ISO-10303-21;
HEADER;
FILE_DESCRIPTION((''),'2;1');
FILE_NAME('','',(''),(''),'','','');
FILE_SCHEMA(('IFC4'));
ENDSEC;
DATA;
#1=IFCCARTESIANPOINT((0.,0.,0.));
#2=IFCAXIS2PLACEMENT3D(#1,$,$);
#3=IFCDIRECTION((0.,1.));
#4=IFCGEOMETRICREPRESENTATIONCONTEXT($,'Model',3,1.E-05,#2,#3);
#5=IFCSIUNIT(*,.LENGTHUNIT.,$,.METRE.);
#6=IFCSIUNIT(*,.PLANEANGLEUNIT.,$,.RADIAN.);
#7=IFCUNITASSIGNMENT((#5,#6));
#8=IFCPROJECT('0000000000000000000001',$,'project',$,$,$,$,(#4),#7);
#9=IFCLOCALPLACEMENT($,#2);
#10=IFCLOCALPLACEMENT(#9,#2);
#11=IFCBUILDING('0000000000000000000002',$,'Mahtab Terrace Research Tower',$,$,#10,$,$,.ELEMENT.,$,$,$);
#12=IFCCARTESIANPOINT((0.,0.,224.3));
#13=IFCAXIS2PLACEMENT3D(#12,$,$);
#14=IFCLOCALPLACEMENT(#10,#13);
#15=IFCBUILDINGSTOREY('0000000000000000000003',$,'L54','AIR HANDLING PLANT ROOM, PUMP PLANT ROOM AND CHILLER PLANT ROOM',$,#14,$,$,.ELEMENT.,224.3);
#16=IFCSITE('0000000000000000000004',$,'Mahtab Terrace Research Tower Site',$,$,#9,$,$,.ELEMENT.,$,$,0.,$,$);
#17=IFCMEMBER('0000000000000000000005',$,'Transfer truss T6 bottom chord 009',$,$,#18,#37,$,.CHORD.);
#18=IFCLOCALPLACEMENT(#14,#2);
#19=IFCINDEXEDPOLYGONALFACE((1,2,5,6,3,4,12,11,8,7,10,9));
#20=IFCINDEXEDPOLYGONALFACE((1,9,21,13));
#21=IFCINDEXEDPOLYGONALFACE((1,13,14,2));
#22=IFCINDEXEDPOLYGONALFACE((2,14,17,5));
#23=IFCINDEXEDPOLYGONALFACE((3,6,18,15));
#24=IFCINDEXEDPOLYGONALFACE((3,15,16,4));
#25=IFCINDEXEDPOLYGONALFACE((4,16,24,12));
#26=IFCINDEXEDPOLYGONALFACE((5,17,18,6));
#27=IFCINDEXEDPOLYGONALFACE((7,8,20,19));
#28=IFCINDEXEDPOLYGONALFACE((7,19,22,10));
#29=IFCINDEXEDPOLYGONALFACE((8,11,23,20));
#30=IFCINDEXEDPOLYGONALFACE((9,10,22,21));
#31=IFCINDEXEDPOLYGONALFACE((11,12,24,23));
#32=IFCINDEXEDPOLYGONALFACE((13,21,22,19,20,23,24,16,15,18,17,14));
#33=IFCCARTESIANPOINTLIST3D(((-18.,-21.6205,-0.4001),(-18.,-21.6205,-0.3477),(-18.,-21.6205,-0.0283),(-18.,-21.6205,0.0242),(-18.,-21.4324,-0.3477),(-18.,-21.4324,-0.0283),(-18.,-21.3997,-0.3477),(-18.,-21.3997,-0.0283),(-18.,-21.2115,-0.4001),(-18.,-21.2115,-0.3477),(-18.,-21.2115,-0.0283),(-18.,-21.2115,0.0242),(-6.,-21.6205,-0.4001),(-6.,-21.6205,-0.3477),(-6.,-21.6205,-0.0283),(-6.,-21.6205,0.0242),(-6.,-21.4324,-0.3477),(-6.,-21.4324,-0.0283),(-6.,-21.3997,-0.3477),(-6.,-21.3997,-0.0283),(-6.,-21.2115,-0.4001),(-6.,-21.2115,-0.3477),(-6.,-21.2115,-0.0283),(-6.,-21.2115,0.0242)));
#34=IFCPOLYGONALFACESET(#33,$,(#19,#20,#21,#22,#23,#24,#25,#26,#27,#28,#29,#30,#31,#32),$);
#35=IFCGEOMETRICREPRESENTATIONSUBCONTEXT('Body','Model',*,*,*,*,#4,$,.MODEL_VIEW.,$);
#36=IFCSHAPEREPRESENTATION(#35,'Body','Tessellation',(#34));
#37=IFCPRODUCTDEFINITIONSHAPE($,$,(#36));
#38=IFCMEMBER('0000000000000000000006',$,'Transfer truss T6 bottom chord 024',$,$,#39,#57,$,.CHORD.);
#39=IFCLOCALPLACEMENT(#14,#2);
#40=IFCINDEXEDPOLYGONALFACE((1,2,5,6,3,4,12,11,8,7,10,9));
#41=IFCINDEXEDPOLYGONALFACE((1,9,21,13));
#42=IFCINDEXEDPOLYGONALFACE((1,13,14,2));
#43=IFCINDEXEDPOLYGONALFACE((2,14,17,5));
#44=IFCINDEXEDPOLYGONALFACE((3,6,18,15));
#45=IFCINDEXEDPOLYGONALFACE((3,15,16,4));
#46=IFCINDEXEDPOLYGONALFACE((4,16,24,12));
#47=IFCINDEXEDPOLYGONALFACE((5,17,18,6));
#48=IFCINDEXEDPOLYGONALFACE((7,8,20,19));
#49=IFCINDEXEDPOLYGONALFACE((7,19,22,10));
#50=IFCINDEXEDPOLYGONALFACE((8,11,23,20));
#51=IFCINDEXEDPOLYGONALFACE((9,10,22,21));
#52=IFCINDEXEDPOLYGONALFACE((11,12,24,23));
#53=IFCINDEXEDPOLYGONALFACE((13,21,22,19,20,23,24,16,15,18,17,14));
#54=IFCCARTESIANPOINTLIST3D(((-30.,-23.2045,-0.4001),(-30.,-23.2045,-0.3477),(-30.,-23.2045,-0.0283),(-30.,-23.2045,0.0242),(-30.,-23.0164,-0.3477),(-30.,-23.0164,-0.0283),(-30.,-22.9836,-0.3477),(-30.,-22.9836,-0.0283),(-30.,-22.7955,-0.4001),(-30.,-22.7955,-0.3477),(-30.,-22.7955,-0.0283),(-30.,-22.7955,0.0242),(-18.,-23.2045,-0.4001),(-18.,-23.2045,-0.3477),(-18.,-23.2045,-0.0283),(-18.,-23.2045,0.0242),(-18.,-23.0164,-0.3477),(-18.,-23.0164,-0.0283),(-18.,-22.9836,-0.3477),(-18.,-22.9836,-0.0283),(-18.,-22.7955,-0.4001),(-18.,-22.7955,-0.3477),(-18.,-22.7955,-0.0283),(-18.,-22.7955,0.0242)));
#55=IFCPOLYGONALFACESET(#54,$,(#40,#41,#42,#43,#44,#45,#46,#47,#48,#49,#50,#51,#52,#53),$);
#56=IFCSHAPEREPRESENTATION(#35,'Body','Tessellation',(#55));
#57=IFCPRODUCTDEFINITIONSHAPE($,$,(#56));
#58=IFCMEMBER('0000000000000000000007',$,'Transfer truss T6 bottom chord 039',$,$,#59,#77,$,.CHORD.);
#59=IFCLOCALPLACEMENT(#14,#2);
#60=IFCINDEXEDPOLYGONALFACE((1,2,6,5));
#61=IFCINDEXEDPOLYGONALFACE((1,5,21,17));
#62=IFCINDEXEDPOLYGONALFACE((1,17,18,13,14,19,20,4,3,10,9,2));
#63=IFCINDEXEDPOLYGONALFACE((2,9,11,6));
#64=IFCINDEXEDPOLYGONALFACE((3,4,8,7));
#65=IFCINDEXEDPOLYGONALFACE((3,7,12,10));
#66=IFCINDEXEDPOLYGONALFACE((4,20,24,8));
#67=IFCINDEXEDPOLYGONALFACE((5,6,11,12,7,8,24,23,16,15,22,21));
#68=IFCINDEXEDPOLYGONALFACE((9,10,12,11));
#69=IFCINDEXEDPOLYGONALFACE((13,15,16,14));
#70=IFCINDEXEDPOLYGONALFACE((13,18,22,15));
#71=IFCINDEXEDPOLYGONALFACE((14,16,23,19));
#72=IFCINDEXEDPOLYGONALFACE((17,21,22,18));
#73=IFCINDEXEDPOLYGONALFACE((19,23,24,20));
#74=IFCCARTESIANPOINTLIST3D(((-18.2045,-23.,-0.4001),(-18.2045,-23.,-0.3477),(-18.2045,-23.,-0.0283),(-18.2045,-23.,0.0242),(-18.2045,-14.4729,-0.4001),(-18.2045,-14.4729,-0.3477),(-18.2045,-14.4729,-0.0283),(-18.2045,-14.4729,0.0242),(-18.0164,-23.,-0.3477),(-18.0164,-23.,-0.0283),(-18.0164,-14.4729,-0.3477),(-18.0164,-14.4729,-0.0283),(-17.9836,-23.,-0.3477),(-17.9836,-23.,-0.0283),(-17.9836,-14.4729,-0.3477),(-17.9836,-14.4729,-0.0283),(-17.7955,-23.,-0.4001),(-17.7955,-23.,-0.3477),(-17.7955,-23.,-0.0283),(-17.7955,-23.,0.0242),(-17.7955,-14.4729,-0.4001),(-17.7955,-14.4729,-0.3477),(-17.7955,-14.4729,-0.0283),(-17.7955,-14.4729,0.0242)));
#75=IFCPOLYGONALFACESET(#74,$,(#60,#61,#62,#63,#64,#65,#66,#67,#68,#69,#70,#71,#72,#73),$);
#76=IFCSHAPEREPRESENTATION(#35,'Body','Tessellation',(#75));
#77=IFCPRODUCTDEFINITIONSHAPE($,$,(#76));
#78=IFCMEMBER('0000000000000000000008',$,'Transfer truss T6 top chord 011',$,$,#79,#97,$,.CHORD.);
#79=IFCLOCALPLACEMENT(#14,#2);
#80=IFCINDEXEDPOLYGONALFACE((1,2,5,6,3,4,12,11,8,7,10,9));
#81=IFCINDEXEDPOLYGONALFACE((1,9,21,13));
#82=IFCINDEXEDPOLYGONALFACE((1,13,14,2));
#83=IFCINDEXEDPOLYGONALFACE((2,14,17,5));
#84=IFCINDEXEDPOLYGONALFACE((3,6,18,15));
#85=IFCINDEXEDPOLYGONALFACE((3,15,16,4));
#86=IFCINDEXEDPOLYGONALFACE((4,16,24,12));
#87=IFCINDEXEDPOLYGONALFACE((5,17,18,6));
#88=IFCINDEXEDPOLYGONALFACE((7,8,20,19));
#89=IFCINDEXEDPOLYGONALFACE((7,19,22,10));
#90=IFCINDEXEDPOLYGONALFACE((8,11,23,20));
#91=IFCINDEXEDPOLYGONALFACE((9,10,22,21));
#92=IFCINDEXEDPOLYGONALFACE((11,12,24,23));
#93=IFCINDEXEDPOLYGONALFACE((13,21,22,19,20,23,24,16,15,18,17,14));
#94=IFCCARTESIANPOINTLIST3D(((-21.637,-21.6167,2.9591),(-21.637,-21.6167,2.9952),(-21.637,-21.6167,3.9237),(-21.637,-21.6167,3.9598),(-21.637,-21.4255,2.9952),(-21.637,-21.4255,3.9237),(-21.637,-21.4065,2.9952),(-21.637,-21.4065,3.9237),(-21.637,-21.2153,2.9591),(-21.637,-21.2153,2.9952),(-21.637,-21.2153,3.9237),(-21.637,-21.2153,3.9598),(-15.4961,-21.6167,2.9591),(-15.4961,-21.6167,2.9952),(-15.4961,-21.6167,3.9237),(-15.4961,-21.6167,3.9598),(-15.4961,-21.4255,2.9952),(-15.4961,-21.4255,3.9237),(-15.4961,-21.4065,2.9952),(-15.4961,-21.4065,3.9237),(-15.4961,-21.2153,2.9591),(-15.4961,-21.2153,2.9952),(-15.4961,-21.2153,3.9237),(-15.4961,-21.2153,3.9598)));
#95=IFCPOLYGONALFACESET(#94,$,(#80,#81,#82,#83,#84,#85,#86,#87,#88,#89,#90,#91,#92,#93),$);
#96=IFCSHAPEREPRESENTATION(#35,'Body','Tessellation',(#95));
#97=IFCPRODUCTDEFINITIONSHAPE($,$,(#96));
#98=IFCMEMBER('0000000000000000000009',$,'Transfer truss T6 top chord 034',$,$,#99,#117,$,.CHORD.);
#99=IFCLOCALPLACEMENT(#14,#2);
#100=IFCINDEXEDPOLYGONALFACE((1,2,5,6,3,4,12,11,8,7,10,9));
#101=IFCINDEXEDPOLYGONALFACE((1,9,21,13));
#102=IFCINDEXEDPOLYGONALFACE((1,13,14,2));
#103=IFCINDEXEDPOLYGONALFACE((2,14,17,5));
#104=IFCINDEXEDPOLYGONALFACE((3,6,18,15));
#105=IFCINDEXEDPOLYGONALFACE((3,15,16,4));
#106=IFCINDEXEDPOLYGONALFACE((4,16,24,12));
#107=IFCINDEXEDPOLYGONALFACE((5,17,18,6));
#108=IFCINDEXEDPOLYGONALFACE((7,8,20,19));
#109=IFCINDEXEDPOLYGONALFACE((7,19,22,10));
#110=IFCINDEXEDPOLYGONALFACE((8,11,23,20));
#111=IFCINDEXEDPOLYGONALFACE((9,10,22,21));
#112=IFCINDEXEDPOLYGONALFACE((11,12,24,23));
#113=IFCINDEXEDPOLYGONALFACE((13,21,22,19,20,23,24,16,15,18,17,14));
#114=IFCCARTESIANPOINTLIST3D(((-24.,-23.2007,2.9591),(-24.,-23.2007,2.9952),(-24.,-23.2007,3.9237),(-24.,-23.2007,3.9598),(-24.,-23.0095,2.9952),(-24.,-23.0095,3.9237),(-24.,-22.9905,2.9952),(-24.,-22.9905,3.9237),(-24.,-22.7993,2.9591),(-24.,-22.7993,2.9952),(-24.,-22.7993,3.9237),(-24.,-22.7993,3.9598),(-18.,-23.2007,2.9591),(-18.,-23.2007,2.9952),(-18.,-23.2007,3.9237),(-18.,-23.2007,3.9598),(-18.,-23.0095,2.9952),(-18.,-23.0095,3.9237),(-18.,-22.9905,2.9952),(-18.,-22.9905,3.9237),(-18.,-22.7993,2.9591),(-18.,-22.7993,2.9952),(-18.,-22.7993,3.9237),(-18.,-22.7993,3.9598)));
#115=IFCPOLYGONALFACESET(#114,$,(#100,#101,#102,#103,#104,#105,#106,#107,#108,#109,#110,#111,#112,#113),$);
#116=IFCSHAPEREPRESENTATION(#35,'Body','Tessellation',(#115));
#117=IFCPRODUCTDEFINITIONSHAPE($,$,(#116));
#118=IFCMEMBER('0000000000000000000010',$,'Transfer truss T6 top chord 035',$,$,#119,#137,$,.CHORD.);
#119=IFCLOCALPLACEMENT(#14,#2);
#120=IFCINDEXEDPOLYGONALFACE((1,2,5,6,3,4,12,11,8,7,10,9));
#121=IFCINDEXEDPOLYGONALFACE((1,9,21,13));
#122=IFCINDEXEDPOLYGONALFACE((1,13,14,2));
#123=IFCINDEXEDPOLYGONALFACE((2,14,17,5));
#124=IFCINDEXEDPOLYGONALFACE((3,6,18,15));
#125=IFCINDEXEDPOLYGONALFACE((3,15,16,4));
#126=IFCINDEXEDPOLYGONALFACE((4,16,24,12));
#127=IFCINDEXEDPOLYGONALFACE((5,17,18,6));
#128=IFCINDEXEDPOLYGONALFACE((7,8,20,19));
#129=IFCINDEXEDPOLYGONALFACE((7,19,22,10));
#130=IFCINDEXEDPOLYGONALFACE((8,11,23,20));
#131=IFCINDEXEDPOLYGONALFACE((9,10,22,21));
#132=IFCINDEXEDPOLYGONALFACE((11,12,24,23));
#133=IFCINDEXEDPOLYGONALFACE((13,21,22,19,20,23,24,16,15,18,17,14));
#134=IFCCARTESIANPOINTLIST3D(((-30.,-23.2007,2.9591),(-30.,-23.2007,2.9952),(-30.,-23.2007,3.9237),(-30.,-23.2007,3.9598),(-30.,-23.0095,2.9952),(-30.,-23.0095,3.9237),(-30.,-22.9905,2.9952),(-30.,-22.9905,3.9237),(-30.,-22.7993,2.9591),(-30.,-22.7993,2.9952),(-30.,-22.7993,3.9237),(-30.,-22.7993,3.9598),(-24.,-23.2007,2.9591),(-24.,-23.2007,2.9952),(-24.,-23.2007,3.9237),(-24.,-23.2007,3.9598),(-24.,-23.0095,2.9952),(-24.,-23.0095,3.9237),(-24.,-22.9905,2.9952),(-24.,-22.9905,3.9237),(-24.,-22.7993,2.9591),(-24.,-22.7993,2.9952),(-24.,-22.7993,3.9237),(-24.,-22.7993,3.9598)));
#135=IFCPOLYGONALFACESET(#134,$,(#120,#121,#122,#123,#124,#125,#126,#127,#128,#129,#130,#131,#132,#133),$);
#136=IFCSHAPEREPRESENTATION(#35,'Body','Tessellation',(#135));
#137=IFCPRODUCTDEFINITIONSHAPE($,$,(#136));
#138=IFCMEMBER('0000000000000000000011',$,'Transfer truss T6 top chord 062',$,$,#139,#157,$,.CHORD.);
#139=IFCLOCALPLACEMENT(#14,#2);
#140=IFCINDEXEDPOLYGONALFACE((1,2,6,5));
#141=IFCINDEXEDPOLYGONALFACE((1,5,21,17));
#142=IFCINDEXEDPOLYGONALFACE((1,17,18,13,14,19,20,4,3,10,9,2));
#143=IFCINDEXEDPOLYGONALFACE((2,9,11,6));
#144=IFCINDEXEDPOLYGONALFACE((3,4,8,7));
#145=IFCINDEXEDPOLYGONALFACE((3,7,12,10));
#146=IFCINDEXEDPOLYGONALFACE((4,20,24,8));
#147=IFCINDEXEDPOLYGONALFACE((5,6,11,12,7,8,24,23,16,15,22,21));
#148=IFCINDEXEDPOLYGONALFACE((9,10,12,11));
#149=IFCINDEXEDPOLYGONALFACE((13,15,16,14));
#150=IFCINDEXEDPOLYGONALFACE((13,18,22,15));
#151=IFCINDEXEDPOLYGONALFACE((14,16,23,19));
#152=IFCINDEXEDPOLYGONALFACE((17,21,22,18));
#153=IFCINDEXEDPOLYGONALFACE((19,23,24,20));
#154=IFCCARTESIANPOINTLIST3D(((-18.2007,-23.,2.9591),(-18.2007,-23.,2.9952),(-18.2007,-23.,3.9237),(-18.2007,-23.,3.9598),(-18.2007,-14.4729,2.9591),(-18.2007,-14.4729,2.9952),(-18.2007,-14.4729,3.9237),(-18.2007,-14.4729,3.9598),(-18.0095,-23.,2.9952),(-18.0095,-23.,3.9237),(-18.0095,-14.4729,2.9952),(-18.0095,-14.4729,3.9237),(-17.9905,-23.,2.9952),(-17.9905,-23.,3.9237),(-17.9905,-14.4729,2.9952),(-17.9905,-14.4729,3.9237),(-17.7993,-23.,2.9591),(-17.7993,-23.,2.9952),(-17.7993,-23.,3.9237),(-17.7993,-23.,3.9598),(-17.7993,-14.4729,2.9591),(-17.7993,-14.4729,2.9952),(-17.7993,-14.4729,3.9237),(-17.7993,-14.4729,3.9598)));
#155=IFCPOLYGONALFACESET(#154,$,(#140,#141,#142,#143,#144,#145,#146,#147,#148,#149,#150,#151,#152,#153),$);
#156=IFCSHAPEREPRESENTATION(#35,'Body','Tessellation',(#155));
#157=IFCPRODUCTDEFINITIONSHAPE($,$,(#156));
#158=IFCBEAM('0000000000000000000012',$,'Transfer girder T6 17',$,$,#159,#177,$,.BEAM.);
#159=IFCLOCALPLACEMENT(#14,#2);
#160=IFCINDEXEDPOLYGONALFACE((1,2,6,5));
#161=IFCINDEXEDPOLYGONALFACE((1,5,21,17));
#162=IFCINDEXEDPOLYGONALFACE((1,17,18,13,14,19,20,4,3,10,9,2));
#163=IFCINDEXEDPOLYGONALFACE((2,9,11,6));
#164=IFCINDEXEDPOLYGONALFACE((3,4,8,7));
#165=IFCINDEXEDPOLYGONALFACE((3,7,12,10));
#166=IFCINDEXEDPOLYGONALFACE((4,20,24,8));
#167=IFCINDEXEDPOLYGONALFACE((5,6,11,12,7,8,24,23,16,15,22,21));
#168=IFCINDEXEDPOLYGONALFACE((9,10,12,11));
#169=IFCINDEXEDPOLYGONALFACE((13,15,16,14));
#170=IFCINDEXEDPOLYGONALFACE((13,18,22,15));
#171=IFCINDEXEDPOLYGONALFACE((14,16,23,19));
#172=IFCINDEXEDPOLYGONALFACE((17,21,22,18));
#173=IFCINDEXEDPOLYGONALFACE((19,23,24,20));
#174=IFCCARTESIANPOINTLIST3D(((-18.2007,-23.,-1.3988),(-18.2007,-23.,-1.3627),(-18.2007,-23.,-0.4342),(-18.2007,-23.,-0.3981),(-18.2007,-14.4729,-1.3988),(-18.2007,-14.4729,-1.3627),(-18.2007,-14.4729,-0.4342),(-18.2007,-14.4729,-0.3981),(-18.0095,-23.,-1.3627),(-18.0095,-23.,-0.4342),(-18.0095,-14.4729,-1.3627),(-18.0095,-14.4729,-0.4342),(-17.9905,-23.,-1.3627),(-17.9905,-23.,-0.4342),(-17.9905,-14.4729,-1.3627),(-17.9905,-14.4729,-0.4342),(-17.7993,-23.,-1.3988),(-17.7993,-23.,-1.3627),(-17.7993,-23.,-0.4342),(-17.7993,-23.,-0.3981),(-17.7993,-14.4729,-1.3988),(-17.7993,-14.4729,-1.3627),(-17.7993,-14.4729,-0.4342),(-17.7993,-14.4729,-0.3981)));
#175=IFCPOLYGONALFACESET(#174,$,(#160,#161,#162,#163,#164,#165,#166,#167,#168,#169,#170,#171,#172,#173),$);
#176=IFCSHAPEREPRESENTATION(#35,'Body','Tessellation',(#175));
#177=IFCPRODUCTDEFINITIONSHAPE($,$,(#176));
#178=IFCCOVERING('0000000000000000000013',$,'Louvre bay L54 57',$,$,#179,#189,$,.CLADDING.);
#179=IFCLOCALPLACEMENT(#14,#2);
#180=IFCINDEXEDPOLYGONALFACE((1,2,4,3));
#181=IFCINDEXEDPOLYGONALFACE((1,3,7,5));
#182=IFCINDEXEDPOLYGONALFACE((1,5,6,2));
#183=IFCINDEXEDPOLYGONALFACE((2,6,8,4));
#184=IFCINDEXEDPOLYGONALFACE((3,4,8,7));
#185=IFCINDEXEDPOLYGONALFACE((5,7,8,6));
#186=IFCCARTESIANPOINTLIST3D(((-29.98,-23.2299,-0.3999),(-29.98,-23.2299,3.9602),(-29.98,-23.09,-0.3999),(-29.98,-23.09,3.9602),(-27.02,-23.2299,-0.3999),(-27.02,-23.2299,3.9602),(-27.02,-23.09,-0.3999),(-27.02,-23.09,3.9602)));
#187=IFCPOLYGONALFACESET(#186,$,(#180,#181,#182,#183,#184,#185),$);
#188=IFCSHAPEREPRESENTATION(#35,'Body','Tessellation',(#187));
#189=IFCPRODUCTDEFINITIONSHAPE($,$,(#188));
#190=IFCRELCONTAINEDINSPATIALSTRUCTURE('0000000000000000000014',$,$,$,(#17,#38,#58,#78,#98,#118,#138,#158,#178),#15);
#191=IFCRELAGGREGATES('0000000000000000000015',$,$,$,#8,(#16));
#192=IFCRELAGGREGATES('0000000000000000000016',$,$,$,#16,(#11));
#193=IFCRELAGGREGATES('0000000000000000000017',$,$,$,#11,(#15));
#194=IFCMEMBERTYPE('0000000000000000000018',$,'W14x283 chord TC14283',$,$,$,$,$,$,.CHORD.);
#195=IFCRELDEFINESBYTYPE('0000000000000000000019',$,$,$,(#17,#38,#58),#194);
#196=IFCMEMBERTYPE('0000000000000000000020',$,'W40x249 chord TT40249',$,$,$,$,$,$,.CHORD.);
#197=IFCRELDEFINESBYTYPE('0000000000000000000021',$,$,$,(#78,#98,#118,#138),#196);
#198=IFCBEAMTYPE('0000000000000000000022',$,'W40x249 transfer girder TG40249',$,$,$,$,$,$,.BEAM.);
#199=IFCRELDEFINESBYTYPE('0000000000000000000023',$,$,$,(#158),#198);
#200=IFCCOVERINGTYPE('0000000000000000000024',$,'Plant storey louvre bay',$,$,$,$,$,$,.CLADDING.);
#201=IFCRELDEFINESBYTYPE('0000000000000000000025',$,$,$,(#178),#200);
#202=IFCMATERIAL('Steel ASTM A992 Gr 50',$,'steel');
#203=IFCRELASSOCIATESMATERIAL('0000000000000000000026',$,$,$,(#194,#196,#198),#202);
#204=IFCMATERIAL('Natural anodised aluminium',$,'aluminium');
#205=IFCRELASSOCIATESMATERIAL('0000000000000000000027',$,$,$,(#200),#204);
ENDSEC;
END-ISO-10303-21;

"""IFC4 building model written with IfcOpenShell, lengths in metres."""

from ifc_helpers import new_model, si_unit, direction, frame, origin, origin_2d, place, context, subcontext, project, spatial, rectangle, i_section, extrude, material, material_profile, profile_set, type_object, element, save


model = new_model("IFC4")

# Units and contexts
model_context = context("Model", 3, precision=1e-05, world=origin(), true_north=direction((0.0, 1.0)))
body_context = subcontext(model_context, "Body", "Model", "MODEL_VIEW")
ifc_project = project(units=[si_unit("LENGTHUNIT", "METRE"), si_unit("PLANEANGLEUNIT", "RADIAN")], contexts=[model_context])

# Site, building, storey
site_placement = place(None, origin())
site = spatial("IfcSite", under=ifc_project, at=site_placement, Name="Mahtab Terrace Research Tower Site", CompositionType="ELEMENT", RefElevation=0.0)
building_placement = place(site_placement, origin())
building = spatial("IfcBuilding", under=site, at=building_placement, Name="Mahtab Terrace Research Tower", CompositionType="ELEMENT")
storey_placement = place(building_placement, frame((0.0, 0.0, 224.3)))
storey = spatial("IfcBuildingStorey", under=building, at=storey_placement, Name="L54", Description="AIR HANDLING PLANT ROOM, PUMP PLANT ROOM AND CHILLER PLANT ROOM", CompositionType="ELEMENT", Elevation=224.3)

# Members
ifc_material_1 = material(Name="Steel ASTM A992 Gr 50", Category="steel")
ifc_material_profile_1 = material_profile(ifc_material_1, i_section(OverallWidth=0.4089, OverallDepth=0.4243, WebThickness=0.0327, FlangeThickness=0.0525, at=origin_2d()), Name="W14X283")
ifc_profile_set_1 = profile_set([ifc_material_profile_1], Name="Steel ASTM A992 Gr 50")
member_type_1 = type_object("IfcMemberType", Name="W14x283 chord TC14283", PredefinedType="CHORD", material=ifc_profile_set_1)
for number, where, z_axis, x_axis, name in (
    (1, (-18.0, -21.416, -0.188), (1.0, 0.0, 0.0), (0.0, 1.0, 0.0), "Transfer truss T6 bottom chord 009"),
    (2, (-18.0, -23.0, -0.188), (-1.0, 0.0, 0.0), (0.0, -1.0, 0.0), "Transfer truss T6 bottom chord 024"),
):
    element("IfcMember", number, at=place(storey_placement, frame(where, z_axis=z_axis, x_axis=x_axis)), inside=storey, type_object=member_type_1, Name=name, PredefinedType="CHORD", context=body_context, shape_type="SweptSolid", body=[
        extrude(i_section(OverallWidth=0.4089, OverallDepth=0.4243, WebThickness=0.0327, FlangeThickness=0.0525, at=origin_2d()), origin(), (0.0, 0.0, 1.0), 12.0),
    ])
member_1_placement = place(storey_placement, frame((-18.0, -23.0, -0.188), z_axis=(0.0, 1.0, 0.0), x_axis=(-1.0, 0.0, 0.0)))
element("IfcMember", 3, at=member_1_placement, inside=storey, type_object=member_type_1, Name="Transfer truss T6 bottom chord 039", PredefinedType="CHORD", context=body_context, shape_type="SweptSolid", body=[
    extrude(i_section(OverallWidth=0.4089, OverallDepth=0.4243, WebThickness=0.0327, FlangeThickness=0.0525, at=origin_2d()), origin(), (0.0, 0.0, 1.0), 8.5271),
])
ifc_material_profile_2 = material_profile(ifc_material_1, i_section(OverallWidth=0.4014, OverallDepth=1.0007, WebThickness=0.019, FlangeThickness=0.0361, at=origin_2d()), Name="W40X249")
ifc_profile_set_2 = profile_set([ifc_material_profile_2], Name="Steel ASTM A992 Gr 50")
member_type_2 = type_object("IfcMemberType", Name="W40x249 chord TT40249", PredefinedType="CHORD", material=ifc_profile_set_2)
member_2_placement = place(storey_placement, frame((-21.637, -21.416, 3.4595), z_axis=(1.0, 0.0, 0.0), x_axis=(0.0, 1.0, 0.0)))
element("IfcMember", 4, at=member_2_placement, inside=storey, type_object=member_type_2, Name="Transfer truss T6 top chord 011", PredefinedType="CHORD", context=body_context, shape_type="SweptSolid", body=[
    extrude(i_section(OverallWidth=0.4014, OverallDepth=1.0007, WebThickness=0.019, FlangeThickness=0.0361, at=origin_2d()), origin(), (0.0, 0.0, 1.0), 6.1409),
])
for number, where, z_axis, x_axis, name in (
    (5, (-18.0, -23.0, 3.4595), (-1.0, 0.0, 0.0), (0.0, -1.0, 0.0), "Transfer truss T6 top chord 034"),
    (6, (-24.0, -23.0, 3.4595), (-1.0, 0.0, 0.0), (0.0, -1.0, 0.0), "Transfer truss T6 top chord 035"),
):
    element("IfcMember", number, at=place(storey_placement, frame(where, z_axis=z_axis, x_axis=x_axis)), inside=storey, type_object=member_type_2, Name=name, PredefinedType="CHORD", context=body_context, shape_type="SweptSolid", body=[
        extrude(i_section(OverallWidth=0.4014, OverallDepth=1.0007, WebThickness=0.019, FlangeThickness=0.0361, at=origin_2d()), origin(), (0.0, 0.0, 1.0), 6.0),
    ])
member_3_placement = place(storey_placement, frame((-18.0, -23.0, 3.4595), z_axis=(0.0, 1.0, 0.0), x_axis=(-1.0, 0.0, 0.0)))
element("IfcMember", 7, at=member_3_placement, inside=storey, type_object=member_type_2, Name="Transfer truss T6 top chord 062", PredefinedType="CHORD", context=body_context, shape_type="SweptSolid", body=[
    extrude(i_section(OverallWidth=0.4014, OverallDepth=1.0007, WebThickness=0.019, FlangeThickness=0.0361, at=origin_2d()), origin(), (0.0, 0.0, 1.0), 8.5271),
])

# Beam
ifc_material_profile_3 = material_profile(ifc_material_1, i_section(OverallWidth=0.4014, OverallDepth=1.0007, WebThickness=0.019, FlangeThickness=0.0361, at=origin_2d()), Name="W40X249")
ifc_profile_set_3 = profile_set([ifc_material_profile_3], Name="Steel ASTM A992 Gr 50")
beam_type = type_object("IfcBeamType", Name="W40x249 transfer girder TG40249", PredefinedType="BEAM", material=ifc_profile_set_3)
beam_placement = place(storey_placement, frame((-18.0, -23.0, -0.8984), z_axis=(0.0, 1.0, 0.0), x_axis=(-1.0, 0.0, 0.0)))
element("IfcBeam", 8, at=beam_placement, inside=storey, type_object=beam_type, Name="Transfer girder T6 17", PredefinedType="BEAM", context=body_context, shape_type="SweptSolid", body=[
    extrude(i_section(OverallWidth=0.4014, OverallDepth=1.0007, WebThickness=0.019, FlangeThickness=0.0361, at=origin_2d()), origin(), (0.0, 0.0, 1.0), 8.5271),
])

# Covering
ifc_material_2 = material(Name="Natural anodised aluminium", Category="aluminium")
covering_type = type_object("IfcCoveringType", Name="Plant storey louvre bay", PredefinedType="CLADDING", material=ifc_material_2)
for number, where, z_axis, x_axis, name in (
    (9, (-28.5, -23.1599, -0.3999), (0.0, 0.0, 1.0), (1.0, 0.0, 0.0), "Louvre bay L54 57"),
):
    element("IfcCovering", number, at=place(storey_placement, frame(where, z_axis=z_axis, x_axis=x_axis)), inside=storey, type_object=covering_type, Name=name, PredefinedType="CLADDING", context=body_context, shape_type="SweptSolid", body=[
        extrude(rectangle(XDim=2.96, YDim=0.1399, at=origin_2d()), origin(), (0.0, 0.0, 1.0), 4.3601),
    ])

save(model, "model.ifc")
